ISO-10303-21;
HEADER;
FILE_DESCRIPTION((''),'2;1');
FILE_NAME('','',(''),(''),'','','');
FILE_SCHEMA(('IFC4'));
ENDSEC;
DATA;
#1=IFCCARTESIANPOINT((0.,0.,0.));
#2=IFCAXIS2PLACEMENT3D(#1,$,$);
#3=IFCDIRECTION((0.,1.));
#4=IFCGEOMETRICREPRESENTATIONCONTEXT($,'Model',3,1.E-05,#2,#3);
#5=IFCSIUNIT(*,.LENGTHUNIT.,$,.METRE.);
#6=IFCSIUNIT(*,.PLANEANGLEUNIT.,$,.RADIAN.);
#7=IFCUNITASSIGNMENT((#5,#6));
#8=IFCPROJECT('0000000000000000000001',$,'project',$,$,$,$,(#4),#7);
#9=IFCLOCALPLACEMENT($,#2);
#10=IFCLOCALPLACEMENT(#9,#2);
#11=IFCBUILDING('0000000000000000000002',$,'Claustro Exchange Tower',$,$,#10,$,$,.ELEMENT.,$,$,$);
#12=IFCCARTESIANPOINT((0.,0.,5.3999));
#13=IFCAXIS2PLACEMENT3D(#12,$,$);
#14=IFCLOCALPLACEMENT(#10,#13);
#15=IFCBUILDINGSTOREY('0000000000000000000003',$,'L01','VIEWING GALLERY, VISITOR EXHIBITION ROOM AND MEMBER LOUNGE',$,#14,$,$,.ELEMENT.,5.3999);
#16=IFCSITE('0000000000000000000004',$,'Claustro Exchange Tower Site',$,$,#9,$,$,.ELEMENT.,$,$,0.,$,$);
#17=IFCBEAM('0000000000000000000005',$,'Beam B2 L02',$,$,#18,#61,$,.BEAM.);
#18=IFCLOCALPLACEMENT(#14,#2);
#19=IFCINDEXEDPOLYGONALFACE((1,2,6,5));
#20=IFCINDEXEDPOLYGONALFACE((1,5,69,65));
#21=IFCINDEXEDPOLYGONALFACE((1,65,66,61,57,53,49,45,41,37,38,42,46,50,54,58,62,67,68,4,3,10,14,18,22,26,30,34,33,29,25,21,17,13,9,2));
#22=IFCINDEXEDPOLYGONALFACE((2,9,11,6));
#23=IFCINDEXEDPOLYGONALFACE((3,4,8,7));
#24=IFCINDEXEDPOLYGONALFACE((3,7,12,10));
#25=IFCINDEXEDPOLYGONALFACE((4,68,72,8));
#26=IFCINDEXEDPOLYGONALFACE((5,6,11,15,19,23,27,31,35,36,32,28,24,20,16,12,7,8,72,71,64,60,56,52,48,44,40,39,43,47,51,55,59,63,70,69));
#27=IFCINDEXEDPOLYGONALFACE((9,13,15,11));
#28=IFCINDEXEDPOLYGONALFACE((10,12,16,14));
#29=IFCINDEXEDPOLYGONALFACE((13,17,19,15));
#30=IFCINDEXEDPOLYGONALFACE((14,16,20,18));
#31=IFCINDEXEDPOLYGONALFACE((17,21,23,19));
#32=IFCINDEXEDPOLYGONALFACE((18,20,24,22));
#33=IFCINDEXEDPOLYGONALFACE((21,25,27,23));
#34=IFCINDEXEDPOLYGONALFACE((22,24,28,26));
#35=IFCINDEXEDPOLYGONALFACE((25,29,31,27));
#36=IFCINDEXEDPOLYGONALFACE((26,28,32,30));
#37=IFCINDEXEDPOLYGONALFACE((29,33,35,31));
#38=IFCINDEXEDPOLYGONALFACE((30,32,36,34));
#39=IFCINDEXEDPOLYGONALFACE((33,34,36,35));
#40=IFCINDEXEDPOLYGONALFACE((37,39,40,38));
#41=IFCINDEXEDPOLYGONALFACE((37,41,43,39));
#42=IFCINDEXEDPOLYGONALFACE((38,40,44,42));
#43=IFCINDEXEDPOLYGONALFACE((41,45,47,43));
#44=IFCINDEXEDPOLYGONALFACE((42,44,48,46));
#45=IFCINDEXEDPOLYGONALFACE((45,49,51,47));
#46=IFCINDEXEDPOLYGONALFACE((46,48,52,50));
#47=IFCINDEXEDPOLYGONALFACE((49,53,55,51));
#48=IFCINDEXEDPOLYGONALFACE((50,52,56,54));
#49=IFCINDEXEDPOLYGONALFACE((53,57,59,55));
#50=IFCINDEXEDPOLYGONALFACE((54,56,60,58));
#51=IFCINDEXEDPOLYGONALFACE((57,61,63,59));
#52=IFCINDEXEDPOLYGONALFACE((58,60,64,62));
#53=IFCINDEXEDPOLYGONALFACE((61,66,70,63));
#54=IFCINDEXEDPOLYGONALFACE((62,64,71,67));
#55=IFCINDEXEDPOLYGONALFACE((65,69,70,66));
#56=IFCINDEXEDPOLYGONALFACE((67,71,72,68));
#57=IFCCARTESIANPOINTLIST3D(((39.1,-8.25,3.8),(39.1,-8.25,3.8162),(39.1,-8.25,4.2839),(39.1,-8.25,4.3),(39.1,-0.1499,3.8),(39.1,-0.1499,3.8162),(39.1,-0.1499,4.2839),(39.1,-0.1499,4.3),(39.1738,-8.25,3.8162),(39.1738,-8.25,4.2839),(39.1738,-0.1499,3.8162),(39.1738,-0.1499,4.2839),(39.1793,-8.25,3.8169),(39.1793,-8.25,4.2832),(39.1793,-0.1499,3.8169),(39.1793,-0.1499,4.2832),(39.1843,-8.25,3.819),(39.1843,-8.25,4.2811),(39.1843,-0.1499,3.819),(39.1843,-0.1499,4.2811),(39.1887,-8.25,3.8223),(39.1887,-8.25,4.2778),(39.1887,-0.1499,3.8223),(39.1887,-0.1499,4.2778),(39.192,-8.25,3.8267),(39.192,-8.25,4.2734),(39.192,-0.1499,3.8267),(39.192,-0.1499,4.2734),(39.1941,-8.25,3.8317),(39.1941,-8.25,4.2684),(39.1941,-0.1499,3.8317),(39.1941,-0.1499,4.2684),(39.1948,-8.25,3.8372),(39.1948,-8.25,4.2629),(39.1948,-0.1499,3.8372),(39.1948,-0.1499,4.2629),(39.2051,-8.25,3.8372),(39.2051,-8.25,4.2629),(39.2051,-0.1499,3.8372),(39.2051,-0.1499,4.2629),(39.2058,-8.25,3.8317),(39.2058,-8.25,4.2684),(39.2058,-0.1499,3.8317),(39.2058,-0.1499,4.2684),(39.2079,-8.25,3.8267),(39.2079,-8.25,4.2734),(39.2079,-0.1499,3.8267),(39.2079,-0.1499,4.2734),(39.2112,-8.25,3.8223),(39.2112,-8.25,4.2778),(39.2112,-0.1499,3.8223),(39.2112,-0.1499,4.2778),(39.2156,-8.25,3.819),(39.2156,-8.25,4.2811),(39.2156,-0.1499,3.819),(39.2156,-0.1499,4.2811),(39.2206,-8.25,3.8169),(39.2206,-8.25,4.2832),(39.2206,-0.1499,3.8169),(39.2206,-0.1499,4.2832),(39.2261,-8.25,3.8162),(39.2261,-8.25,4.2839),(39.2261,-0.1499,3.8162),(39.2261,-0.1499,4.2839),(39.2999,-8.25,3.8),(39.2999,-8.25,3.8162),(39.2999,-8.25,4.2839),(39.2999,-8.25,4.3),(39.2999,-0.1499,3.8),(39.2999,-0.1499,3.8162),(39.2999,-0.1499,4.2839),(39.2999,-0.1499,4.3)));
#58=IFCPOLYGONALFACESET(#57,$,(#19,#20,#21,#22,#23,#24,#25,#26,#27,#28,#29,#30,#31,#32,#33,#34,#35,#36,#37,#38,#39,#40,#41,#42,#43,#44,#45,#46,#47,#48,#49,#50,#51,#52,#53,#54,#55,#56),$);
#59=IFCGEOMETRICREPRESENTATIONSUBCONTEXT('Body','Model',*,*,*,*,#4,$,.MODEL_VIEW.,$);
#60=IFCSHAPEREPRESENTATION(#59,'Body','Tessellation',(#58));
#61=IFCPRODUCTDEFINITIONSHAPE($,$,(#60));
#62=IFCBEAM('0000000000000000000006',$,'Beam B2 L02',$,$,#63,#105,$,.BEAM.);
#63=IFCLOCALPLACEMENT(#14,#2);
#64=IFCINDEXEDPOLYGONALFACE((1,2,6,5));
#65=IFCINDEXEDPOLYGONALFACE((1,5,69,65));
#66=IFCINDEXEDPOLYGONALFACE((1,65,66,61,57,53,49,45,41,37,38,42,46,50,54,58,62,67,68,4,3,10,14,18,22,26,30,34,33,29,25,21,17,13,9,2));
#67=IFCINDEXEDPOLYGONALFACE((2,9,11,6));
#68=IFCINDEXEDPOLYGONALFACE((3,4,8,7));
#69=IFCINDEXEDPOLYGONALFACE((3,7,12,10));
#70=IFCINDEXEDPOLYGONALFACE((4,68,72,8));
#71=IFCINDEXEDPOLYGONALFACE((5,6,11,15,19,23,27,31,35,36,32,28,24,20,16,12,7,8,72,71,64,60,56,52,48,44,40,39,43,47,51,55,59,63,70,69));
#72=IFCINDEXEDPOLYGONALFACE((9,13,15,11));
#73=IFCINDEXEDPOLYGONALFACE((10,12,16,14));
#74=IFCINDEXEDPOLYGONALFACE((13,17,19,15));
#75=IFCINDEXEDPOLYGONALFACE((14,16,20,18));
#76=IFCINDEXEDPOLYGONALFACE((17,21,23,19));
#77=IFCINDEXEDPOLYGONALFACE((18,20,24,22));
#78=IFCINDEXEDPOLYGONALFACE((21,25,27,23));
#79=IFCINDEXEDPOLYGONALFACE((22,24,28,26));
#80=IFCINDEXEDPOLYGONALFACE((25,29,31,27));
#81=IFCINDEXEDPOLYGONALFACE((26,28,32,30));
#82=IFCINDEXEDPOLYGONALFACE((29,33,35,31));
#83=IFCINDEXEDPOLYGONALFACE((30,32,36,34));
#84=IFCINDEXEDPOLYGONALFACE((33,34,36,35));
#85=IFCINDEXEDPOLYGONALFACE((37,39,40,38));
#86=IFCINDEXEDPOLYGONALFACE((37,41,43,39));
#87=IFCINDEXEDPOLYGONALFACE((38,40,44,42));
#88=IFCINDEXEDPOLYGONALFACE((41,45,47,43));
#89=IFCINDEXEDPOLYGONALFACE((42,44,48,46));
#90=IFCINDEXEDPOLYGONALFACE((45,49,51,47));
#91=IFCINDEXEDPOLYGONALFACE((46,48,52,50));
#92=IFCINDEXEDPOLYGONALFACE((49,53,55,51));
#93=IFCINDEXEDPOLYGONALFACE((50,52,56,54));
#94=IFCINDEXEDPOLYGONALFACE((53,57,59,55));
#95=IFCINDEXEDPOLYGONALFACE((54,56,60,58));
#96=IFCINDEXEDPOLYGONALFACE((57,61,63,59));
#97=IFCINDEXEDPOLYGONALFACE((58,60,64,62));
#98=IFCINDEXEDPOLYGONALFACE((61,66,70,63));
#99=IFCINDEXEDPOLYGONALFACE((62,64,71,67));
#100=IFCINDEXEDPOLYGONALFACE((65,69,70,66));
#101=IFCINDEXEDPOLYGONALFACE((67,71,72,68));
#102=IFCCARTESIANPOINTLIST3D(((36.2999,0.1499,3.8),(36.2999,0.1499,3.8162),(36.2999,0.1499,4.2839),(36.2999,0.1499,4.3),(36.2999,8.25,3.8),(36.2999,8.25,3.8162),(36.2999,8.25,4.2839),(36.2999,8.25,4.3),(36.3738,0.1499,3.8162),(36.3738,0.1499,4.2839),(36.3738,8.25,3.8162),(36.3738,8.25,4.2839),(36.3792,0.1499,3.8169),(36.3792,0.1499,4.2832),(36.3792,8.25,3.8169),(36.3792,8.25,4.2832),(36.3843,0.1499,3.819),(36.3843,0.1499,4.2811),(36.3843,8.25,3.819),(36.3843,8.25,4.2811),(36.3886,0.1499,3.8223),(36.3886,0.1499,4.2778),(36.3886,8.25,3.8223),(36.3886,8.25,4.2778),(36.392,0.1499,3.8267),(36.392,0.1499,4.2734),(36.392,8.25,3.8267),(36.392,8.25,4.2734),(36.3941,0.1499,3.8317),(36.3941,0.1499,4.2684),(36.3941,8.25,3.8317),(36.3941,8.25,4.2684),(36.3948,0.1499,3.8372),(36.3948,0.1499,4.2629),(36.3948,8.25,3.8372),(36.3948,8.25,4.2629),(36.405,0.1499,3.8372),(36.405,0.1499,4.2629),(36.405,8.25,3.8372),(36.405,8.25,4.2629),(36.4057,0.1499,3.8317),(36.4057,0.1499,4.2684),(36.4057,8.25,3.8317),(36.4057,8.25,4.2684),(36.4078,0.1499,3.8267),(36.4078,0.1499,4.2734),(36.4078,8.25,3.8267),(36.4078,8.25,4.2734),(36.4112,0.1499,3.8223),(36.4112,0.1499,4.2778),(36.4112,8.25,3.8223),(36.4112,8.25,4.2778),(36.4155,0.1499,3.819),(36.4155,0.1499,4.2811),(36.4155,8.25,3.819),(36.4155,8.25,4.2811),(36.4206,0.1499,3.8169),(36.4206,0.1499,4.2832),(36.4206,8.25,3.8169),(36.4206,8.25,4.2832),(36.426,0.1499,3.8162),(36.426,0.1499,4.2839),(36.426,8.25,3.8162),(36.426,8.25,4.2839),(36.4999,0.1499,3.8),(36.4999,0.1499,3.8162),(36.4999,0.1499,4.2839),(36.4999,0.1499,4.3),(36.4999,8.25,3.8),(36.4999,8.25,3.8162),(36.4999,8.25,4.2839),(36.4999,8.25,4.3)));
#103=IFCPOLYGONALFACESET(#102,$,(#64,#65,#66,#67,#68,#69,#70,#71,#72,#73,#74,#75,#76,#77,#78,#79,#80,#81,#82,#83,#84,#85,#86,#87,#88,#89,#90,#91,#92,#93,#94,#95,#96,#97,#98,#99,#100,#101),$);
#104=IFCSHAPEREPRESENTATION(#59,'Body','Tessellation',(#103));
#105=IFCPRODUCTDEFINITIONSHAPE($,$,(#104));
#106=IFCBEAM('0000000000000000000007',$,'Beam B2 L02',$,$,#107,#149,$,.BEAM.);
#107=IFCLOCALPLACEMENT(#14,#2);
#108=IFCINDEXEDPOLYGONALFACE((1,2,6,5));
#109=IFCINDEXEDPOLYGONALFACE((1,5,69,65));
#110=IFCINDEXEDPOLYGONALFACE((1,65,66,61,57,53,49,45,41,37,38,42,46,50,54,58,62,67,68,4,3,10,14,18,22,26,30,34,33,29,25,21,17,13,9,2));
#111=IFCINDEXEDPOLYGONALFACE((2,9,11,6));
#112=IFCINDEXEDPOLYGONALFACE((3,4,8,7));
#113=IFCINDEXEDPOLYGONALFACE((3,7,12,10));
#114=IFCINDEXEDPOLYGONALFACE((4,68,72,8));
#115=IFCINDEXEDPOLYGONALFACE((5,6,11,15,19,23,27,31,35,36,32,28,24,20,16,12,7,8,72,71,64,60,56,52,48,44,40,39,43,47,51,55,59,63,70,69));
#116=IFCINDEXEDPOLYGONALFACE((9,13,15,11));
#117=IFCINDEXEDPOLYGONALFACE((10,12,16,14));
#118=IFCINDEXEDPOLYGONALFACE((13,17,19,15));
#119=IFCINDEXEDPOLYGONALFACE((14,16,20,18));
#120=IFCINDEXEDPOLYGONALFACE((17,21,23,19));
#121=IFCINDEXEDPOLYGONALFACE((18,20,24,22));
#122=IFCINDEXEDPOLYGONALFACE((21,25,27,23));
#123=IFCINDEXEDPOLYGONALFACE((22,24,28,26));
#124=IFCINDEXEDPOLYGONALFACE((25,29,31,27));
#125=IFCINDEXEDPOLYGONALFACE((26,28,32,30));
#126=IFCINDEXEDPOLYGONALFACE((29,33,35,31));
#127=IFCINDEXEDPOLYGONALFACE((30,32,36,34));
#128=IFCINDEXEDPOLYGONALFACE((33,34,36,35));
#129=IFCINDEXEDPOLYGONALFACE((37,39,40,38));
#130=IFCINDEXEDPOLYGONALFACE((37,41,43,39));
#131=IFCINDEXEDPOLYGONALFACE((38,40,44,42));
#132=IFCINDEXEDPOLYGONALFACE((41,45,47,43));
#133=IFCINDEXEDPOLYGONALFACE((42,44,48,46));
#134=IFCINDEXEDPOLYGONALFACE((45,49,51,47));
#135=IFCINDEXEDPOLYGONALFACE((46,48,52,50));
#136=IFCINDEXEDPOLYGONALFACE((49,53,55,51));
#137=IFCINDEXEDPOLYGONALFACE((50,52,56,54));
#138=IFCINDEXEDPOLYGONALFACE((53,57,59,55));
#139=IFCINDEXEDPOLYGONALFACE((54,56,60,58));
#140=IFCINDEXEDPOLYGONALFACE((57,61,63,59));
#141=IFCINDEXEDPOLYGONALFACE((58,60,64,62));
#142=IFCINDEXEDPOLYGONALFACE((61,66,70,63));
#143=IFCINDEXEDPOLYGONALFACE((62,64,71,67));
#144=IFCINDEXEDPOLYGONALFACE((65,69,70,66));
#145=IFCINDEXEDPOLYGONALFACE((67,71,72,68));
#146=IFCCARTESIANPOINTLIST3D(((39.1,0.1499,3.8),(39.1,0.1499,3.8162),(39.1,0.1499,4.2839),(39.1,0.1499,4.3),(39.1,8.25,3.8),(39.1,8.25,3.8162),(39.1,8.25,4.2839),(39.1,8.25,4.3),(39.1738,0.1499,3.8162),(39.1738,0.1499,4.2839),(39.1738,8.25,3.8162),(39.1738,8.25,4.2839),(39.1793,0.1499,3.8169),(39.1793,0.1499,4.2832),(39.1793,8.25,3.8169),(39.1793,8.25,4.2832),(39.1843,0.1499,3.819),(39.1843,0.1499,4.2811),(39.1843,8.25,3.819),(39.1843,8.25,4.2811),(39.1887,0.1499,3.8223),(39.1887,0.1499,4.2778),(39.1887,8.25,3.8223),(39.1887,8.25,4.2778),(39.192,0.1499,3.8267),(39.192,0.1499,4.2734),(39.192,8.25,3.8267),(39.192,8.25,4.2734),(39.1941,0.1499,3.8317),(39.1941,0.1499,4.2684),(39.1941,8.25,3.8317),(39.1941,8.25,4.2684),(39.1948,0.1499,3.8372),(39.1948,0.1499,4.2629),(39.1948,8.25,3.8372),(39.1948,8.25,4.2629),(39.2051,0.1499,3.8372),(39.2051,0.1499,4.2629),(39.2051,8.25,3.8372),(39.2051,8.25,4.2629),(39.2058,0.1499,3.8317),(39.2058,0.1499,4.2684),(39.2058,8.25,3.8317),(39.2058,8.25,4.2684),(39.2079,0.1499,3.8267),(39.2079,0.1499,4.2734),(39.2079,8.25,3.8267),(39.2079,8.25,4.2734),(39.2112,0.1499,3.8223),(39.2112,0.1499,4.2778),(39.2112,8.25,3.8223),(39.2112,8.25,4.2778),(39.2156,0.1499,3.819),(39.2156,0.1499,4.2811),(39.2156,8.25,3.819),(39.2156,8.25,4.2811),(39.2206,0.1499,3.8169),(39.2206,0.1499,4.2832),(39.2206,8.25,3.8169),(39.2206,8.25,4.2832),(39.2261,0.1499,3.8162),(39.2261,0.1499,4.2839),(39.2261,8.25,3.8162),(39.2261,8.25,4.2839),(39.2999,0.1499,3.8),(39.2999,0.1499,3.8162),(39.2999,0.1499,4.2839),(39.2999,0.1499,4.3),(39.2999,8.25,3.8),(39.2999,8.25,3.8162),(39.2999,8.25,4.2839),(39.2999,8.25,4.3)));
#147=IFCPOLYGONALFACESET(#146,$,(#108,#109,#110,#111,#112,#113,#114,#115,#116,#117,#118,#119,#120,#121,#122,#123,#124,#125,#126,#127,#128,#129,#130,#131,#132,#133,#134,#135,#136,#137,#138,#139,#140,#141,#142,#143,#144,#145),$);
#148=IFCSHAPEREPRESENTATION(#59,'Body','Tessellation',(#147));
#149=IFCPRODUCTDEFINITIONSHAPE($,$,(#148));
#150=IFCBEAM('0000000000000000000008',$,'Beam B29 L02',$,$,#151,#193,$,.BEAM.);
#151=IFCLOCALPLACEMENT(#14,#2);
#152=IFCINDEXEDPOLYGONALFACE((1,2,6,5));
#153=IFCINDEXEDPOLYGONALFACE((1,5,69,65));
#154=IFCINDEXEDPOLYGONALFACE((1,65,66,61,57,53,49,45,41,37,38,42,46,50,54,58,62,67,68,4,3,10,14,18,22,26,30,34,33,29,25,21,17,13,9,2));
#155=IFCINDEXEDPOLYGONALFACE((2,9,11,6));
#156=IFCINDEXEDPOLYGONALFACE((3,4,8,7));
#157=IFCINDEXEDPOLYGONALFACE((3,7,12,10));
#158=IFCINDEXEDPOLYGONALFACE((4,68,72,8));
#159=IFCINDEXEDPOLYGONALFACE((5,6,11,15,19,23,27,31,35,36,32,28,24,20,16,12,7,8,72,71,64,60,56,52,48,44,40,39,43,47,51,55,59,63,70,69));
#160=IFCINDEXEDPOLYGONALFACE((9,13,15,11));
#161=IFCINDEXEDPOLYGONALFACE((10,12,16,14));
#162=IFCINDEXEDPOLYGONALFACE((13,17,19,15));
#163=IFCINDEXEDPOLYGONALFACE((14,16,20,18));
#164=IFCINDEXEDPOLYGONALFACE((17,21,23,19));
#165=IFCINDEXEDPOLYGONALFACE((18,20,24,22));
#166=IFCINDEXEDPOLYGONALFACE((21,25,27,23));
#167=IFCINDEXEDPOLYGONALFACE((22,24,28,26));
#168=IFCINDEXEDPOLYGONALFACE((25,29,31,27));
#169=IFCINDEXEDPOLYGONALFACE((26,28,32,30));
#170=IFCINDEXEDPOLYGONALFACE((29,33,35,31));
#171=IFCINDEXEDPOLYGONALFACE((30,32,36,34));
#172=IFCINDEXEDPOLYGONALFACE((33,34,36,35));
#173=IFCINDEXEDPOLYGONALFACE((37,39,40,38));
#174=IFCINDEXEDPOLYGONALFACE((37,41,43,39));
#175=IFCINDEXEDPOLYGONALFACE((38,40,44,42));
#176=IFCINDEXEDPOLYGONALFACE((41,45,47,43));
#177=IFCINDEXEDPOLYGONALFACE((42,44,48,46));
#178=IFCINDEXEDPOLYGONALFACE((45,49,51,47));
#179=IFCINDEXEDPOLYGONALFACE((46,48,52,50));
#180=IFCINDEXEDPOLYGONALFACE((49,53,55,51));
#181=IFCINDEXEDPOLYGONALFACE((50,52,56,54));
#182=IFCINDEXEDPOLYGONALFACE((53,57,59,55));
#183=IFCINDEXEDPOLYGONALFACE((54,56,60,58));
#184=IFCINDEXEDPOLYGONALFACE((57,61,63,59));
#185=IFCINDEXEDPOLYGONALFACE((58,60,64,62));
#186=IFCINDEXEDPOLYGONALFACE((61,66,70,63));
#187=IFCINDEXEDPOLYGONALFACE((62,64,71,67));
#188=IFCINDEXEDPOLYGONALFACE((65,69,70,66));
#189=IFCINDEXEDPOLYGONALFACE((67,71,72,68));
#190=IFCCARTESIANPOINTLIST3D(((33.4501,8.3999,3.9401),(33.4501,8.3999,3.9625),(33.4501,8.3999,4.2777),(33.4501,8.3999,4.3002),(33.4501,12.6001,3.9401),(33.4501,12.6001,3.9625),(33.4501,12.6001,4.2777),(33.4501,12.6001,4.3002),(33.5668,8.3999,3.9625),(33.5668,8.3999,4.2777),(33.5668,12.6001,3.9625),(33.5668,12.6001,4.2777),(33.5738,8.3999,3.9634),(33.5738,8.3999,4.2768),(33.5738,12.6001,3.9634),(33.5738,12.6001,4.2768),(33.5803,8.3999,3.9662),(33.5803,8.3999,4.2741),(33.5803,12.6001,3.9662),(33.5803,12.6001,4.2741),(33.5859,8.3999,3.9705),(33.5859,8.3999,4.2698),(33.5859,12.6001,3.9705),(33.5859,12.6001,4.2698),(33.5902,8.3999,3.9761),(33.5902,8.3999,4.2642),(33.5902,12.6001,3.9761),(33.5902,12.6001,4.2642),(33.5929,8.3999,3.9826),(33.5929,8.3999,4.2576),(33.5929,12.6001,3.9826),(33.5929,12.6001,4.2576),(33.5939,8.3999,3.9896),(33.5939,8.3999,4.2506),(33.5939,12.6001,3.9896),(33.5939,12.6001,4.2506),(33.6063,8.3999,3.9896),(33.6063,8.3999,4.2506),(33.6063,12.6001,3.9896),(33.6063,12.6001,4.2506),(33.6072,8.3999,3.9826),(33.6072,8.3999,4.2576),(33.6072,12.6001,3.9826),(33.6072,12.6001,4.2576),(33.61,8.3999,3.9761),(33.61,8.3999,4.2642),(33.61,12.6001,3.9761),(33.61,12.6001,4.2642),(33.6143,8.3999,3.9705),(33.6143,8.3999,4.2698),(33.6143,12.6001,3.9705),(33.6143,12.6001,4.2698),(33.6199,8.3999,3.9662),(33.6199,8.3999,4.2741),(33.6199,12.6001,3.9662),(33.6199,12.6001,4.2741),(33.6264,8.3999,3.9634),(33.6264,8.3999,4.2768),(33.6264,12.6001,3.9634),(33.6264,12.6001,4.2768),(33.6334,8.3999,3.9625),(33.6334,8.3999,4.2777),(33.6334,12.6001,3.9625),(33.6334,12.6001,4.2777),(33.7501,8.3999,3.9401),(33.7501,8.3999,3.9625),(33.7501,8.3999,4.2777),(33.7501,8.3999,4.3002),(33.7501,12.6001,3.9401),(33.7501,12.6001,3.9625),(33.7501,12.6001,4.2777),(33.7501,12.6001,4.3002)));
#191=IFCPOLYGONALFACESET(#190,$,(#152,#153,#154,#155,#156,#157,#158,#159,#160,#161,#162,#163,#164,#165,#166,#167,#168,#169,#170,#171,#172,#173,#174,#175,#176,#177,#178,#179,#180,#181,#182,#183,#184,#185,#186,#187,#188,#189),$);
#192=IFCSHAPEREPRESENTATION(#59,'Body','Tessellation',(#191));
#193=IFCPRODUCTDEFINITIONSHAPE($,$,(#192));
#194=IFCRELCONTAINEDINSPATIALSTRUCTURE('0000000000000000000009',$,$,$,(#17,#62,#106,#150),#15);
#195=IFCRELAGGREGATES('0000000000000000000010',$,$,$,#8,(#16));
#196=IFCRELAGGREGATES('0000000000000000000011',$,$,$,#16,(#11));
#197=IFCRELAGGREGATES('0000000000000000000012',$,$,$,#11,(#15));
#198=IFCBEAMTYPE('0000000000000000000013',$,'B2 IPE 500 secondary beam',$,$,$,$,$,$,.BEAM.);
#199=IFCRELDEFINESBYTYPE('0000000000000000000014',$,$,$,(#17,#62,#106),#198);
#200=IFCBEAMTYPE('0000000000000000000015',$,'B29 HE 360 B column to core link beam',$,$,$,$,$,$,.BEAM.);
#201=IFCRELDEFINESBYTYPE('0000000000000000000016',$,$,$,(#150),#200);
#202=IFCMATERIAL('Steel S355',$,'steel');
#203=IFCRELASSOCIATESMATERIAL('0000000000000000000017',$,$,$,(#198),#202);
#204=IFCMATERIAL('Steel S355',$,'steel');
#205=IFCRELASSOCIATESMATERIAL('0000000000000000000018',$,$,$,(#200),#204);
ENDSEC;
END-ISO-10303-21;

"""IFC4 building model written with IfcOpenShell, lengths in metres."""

from ifc_helpers import new_model, si_unit, direction, frame, origin, origin_2d, place, context, subcontext, project, spatial, i_section, extrude, material, material_profile, profile_set, type_object, element, save


model = new_model("IFC4")

# Units and contexts
model_context = context("Model", 3, precision=1e-05, world=origin(), true_north=direction((0.0, 1.0)))
body_context = subcontext(model_context, "Body", "Model", "MODEL_VIEW")
ifc_project = project(units=[si_unit("LENGTHUNIT", "METRE"), si_unit("PLANEANGLEUNIT", "RADIAN")], contexts=[model_context])

# Site, building, storey
site_placement = place(None, origin())
site = spatial("IfcSite", under=ifc_project, at=site_placement, Name="Claustro Exchange Tower Site", CompositionType="ELEMENT", RefElevation=0.0)
building_placement = place(site_placement, origin())
building = spatial("IfcBuilding", under=site, at=building_placement, Name="Claustro Exchange Tower", CompositionType="ELEMENT")
storey_placement = place(building_placement, frame((0.0, 0.0, 5.3999)))
storey = spatial("IfcBuildingStorey", under=building, at=storey_placement, Name="L01", Description="VIEWING GALLERY, VISITOR EXHIBITION ROOM AND MEMBER LOUNGE", CompositionType="ELEMENT", Elevation=5.3999)

# Beams
ifc_material_1 = material(Name="Steel S355", Category="steel")
ifc_material_profile_1 = material_profile(ifc_material_1, i_section(OverallWidth=0.2, OverallDepth=0.5, WebThickness=0.0103, FlangeThickness=0.0161, FilletRadius=0.021, at=origin_2d()), Name="IPE 500")
ifc_profile_set_1 = profile_set([ifc_material_profile_1], Name="Steel S355")
beam_type_1 = type_object("IfcBeamType", Name="B2 IPE 500 secondary beam", PredefinedType="BEAM", material=ifc_profile_set_1)
for number, where, z_axis, x_axis, name in (
    (1, (39.2, -8.25, 4.05), (0.0, 1.0, 0.0), (-1.0, 0.0, 0.0), "Beam B2 L02"),
    (2, (36.3999, 0.1499, 4.05), (0.0, 1.0, 0.0), (-1.0, 0.0, 0.0), "Beam B2 L02"),
    (3, (39.2, 0.1499, 4.05), (0.0, 1.0, 0.0), (-1.0, 0.0, 0.0), "Beam B2 L02"),
):
    element("IfcBeam", number, at=place(storey_placement, frame(where, z_axis=z_axis, x_axis=x_axis)), inside=storey, type_object=beam_type_1, Name=name, PredefinedType="BEAM", context=body_context, shape_type="SweptSolid", body=[
        extrude(i_section(OverallWidth=0.2, OverallDepth=0.5, WebThickness=0.0103, FlangeThickness=0.0161, FilletRadius=0.021, at=origin_2d()), origin(), (0.0, 0.0, 1.0), 8.1001),
    ])
ifc_material_2 = material(Name="Steel S355", Category="steel")
ifc_material_profile_2 = material_profile(ifc_material_2, i_section(OverallWidth=0.3, OverallDepth=0.3601, WebThickness=0.0125, FlangeThickness=0.0225, FilletRadius=0.0271, at=origin_2d()), Name="HE 360 B")
ifc_profile_set_2 = profile_set([ifc_material_profile_2], Name="Steel S355")
beam_type_2 = type_object("IfcBeamType", Name="B29 HE 360 B column to core link beam", PredefinedType="BEAM", material=ifc_profile_set_2)
beam_placement = place(storey_placement, frame((33.6001, 8.3999, 4.1201), z_axis=(0.0, 1.0, 0.0), x_axis=(-1.0, 0.0, 0.0)))
element("IfcBeam", 4, at=beam_placement, inside=storey, type_object=beam_type_2, Name="Beam B29 L02", PredefinedType="BEAM", context=body_context, shape_type="SweptSolid", body=[
    extrude(i_section(OverallWidth=0.3, OverallDepth=0.3601, WebThickness=0.0125, FlangeThickness=0.0225, FilletRadius=0.0271, at=origin_2d()), origin(), (0.0, 0.0, 1.0), 4.2002),
])

save(model, "model.ifc")
